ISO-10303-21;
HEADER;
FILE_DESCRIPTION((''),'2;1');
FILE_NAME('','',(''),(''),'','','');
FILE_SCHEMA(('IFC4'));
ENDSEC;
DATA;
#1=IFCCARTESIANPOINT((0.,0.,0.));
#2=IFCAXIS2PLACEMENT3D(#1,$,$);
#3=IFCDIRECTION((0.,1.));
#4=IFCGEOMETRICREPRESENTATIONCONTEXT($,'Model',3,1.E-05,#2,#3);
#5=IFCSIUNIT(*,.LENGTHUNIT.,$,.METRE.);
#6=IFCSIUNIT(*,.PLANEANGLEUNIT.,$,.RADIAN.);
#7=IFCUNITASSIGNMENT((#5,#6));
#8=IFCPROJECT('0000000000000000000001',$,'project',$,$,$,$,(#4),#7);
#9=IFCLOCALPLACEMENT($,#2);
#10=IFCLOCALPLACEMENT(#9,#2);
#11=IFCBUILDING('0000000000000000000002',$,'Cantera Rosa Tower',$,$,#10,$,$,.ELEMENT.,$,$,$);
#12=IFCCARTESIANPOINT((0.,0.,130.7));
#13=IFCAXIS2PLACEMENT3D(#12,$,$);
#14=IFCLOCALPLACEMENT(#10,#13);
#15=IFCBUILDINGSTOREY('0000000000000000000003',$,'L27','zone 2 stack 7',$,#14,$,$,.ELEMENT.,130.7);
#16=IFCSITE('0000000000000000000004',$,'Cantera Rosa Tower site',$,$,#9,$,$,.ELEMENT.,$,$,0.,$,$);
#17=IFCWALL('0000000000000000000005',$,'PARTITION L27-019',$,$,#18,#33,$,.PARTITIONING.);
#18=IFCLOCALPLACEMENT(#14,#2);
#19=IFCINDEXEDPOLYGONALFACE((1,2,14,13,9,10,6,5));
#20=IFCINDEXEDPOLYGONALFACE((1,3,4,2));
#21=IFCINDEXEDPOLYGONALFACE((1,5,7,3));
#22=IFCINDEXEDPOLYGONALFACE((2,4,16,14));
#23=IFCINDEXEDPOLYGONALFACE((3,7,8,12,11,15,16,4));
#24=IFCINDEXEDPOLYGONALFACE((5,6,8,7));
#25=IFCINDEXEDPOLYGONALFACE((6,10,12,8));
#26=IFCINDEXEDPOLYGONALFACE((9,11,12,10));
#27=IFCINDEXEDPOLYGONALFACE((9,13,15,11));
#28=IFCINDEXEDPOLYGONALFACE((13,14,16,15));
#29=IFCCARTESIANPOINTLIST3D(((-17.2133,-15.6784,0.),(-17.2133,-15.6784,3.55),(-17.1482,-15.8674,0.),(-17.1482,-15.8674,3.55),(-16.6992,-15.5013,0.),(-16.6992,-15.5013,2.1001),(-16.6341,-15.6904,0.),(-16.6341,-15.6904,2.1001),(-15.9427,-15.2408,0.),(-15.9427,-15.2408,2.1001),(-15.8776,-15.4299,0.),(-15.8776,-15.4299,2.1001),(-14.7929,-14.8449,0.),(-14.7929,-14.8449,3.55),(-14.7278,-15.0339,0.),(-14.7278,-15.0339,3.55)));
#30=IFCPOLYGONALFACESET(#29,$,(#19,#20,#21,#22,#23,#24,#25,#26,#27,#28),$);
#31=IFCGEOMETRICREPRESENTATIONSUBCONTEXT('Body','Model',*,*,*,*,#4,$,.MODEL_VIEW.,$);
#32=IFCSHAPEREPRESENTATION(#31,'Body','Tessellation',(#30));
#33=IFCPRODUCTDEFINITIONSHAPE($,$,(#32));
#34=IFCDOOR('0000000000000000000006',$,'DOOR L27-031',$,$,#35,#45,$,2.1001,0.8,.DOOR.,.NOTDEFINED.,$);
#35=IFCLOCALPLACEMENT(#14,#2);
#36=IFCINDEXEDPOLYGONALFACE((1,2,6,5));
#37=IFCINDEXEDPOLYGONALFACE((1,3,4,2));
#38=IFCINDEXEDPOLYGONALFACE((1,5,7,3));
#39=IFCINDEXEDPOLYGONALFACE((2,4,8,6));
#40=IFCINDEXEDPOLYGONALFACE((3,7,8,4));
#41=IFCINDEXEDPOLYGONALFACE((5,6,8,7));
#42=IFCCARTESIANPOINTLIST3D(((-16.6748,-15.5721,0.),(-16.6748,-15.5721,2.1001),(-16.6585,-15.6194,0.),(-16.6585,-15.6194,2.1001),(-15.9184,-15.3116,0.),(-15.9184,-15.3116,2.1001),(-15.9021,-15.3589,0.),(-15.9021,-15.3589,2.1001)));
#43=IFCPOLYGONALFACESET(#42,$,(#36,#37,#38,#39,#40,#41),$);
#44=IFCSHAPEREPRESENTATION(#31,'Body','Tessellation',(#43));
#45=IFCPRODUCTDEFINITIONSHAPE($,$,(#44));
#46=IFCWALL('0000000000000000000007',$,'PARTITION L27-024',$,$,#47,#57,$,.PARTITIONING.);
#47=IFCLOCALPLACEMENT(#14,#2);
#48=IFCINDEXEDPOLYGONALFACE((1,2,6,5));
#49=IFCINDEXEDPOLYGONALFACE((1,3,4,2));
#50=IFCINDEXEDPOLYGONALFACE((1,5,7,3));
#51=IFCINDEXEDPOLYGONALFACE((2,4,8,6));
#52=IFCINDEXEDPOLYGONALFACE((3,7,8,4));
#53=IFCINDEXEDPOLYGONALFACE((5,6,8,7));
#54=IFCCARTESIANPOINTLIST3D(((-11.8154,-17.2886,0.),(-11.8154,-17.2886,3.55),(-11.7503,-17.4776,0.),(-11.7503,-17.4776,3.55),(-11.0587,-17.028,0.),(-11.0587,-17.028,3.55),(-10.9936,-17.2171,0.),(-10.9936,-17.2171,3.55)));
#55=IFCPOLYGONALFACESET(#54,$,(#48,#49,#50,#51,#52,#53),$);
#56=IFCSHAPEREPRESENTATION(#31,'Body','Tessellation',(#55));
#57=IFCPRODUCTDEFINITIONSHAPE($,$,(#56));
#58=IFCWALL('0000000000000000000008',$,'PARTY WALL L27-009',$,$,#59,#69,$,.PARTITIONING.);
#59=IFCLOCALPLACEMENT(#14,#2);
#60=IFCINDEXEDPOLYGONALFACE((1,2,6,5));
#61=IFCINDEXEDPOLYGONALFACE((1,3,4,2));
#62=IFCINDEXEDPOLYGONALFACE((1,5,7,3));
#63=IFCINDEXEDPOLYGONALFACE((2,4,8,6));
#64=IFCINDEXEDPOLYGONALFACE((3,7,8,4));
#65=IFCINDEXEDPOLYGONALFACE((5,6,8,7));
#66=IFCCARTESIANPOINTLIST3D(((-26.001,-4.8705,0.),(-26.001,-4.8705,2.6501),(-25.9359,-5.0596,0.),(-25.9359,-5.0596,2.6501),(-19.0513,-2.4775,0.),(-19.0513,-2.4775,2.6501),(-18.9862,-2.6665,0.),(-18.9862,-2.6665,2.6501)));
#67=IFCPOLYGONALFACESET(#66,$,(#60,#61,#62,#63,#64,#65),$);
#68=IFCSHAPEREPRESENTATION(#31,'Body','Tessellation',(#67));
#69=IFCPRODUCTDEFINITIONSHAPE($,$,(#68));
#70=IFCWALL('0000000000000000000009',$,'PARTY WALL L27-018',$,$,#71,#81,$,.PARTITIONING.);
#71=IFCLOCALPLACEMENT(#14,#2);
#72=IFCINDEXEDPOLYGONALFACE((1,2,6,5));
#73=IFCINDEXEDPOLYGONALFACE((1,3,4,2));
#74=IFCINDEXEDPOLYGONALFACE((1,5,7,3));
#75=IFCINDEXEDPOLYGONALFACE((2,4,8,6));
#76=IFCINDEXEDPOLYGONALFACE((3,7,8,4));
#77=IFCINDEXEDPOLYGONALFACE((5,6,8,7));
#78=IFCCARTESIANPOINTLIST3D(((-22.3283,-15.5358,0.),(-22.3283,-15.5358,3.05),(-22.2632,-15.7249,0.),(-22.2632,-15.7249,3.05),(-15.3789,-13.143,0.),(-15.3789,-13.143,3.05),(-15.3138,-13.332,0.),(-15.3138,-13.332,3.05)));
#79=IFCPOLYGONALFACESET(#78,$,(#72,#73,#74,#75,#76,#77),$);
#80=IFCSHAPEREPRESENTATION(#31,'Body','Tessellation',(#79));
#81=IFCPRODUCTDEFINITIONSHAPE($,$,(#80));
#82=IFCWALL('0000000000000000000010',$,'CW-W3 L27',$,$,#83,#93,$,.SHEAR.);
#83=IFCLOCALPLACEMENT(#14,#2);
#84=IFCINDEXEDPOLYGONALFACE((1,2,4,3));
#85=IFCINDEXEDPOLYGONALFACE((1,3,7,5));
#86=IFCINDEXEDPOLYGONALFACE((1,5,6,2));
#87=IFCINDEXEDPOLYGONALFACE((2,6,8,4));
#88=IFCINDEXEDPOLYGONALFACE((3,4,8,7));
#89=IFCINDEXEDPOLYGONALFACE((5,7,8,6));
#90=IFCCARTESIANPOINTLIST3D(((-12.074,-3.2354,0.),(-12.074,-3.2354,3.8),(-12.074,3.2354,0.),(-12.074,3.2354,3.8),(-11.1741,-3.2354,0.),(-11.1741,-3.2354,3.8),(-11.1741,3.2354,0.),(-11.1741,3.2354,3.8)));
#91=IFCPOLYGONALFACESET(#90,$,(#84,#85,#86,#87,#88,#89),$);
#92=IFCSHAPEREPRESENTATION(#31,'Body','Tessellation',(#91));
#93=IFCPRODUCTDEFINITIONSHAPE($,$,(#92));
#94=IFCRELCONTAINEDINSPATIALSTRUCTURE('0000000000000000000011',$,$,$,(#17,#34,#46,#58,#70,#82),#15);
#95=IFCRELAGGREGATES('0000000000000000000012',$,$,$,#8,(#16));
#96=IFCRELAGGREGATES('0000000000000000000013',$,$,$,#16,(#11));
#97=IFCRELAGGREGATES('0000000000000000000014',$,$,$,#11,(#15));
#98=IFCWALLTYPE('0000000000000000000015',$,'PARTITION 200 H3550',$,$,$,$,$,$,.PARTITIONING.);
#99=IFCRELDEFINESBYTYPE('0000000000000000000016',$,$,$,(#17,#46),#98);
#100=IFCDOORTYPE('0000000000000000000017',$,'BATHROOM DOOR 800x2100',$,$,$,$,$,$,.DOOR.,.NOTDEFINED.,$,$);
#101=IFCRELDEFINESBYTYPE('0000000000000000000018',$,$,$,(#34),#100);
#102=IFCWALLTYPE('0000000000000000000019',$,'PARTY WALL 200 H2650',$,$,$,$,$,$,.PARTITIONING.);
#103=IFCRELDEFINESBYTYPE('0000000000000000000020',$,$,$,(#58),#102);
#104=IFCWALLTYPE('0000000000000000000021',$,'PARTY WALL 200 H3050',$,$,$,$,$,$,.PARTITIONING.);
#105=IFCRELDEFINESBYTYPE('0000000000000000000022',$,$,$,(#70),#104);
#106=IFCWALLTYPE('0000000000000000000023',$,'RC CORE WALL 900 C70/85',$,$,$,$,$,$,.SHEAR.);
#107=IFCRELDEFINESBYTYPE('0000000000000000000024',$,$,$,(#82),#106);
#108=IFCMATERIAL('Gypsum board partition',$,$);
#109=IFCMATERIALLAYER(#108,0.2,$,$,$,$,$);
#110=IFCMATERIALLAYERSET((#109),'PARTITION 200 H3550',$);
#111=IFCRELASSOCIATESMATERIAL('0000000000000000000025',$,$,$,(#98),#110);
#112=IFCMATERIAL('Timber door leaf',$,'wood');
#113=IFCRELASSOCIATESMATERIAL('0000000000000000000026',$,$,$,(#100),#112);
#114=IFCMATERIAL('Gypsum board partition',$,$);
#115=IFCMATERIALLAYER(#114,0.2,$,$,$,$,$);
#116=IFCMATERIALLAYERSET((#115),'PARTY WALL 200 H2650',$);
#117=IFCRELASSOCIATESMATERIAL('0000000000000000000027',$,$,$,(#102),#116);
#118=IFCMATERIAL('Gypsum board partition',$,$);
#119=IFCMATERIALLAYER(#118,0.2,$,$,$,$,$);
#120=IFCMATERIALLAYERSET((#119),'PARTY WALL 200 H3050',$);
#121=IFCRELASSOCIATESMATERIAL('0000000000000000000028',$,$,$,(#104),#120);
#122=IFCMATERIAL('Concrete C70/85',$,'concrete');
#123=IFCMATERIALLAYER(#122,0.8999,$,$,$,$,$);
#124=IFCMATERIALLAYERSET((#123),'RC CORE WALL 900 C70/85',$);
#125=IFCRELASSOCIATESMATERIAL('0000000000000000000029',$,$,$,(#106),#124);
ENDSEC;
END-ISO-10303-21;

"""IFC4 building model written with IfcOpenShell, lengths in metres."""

from ifc_helpers import new_model, si_unit, direction, frame, frame_2d, origin, place, context, subcontext, project, spatial, rectangle, extrude, material, layer, layer_set, type_object, element, fill, save


model = new_model("IFC4")

# Units and contexts
model_context = context("Model", 3, precision=1e-05, world=origin(), true_north=direction((0.0, 1.0)))
body_context = subcontext(model_context, "Body", "Model", "MODEL_VIEW")
ifc_project = project(units=[si_unit("LENGTHUNIT", "METRE"), si_unit("PLANEANGLEUNIT", "RADIAN")], contexts=[model_context])

# Site, building, storey
site_placement = place(None, origin())
site = spatial("IfcSite", under=ifc_project, at=site_placement, Name="Cantera Rosa Tower site", CompositionType="ELEMENT", RefElevation=0.0)
building_placement = place(site_placement, origin())
building = spatial("IfcBuilding", under=site, at=building_placement, Name="Cantera Rosa Tower", CompositionType="ELEMENT")
storey_placement = place(building_placement, frame((0.0, 0.0, 130.7)))
storey = spatial("IfcBuildingStorey", under=building, at=storey_placement, Name="L27", Description="zone 2 stack 7", CompositionType="ELEMENT", Elevation=130.7)

# Shared definitions
ifc_material_1 = material(Name="Gypsum board partition")
ifc_layer_1 = layer(ifc_material_1, 0.2)
ifc_layer_set_1 = layer_set([ifc_layer_1], Name="PARTITION 200 H3550")
wall_type_1 = type_object("IfcWallType", Name="PARTITION 200 H3550", PredefinedType="PARTITIONING", material=ifc_layer_set_1)
ifc_material_2 = material(Name="Timber door leaf", Category="wood")
door_type_1 = type_object("IfcDoorType", Name="BATHROOM DOOR 800x2100", OperationType="NOTDEFINED", PredefinedType="DOOR", material=ifc_material_2)

# Wall, opening, door
wall_1_placement = place(storey_placement, frame((-14.7605, -14.9395, 0.0), z_axis=(0.0, 0.0, 1.0), x_axis=(-0.945509, -0.325597, 0.0)))
wall_1 = element("IfcWall", 1, at=wall_1_placement, inside=storey, type_object=wall_type_1, Name="PARTITION L27-019", PredefinedType="PARTITIONING", context=body_context, shape_type="SweptSolid", body=[
    extrude(rectangle(XDim=2.5598, YDim=0.2, at=frame_2d((1.2798, 0.0))), origin(), (0.0, 0.0, 1.0), 3.55),
])
opening_1_placement = place(wall_1_placement, frame((1.2161, 0.0, 0.0)))
opening_1 = element("IfcOpeningElement", 2, at=opening_1_placement, cuts=wall_1, PredefinedType="OPENING", context=body_context, shape_type="SweptSolid", body=[
    extrude(rectangle(XDim=0.8, YDim=2.1001, at=frame_2d((0.3999, 1.05))), frame((0.0, 0.1099, 0.0), z_axis=(0.0, -1.0, 0.0), x_axis=(1.0, 0.0, 0.0)), (0.0, 0.0, 1.0), 0.22),
])
door_1_placement = place(opening_1_placement, origin())
door_1 = element("IfcDoor", 3, at=door_1_placement, inside=storey, type_object=door_type_1, Name="DOOR L27-031", OperationType="NOTDEFINED", OverallHeight=2.1001, OverallWidth=0.8, PredefinedType="DOOR", context=body_context, shape_type="SweptSolid", body=[
    extrude(rectangle(XDim=0.8, YDim=2.1001, at=frame_2d((0.3999, 1.05))), frame((0.0, 0.0249, 0.0), z_axis=(0.0, -1.0, 0.0), x_axis=(1.0, 0.0, 0.0)), (0.0, 0.0, 1.0), 0.05),
])
fill(opening_1, door_1)

# Walls
wall_2_placement = place(storey_placement, frame((-11.0261, -17.1226, 0.0), z_axis=(0.0, 0.0, 1.0), x_axis=(-0.945525, -0.325549, 0.0)))
element("IfcWall", 4, at=wall_2_placement, inside=storey, type_object=wall_type_1, Name="PARTITION L27-024", PredefinedType="PARTITIONING", context=body_context, shape_type="SweptSolid", body=[
    extrude(rectangle(XDim=0.8003, YDim=0.2, at=frame_2d((0.4001, 0.0))), origin(), (0.0, 0.0, 1.0), 3.55),
])
ifc_material_3 = material(Name="Gypsum board partition")
ifc_layer_2 = layer(ifc_material_3, 0.2)
ifc_layer_set_2 = layer_set([ifc_layer_2], Name="PARTY WALL 200 H2650")
wall_type_2 = type_object("IfcWallType", Name="PARTY WALL 200 H2650", PredefinedType="PARTITIONING", material=ifc_layer_set_2)
wall_3_placement = place(storey_placement, frame((-19.0188, -2.572, 0.0), z_axis=(0.0, 0.0, 1.0), x_axis=(-0.945515, -0.325579, 0.0)))
element("IfcWall", 5, at=wall_3_placement, inside=storey, type_object=wall_type_2, Name="PARTY WALL L27-009", PredefinedType="PARTITIONING", context=body_context, shape_type="SweptSolid", body=[
    extrude(rectangle(XDim=7.3501, YDim=0.2, at=frame_2d((3.675, 0.0))), origin(), (0.0, 0.0, 1.0), 2.6501),
])
ifc_material_4 = material(Name="Gypsum board partition")
ifc_layer_3 = layer(ifc_material_4, 0.2)
ifc_layer_set_3 = layer_set([ifc_layer_3], Name="PARTY WALL 200 H3050")
wall_type_3 = type_object("IfcWallType", Name="PARTY WALL 200 H3050", PredefinedType="PARTITIONING", material=ifc_layer_set_3)
wall_4_placement = place(storey_placement, frame((-15.3464, -13.2375, 0.0), z_axis=(0.0, 0.0, 1.0), x_axis=(-0.945521, -0.32556, 0.0)))
element("IfcWall", 6, at=wall_4_placement, inside=storey, type_object=wall_type_3, Name="PARTY WALL L27-018", PredefinedType="PARTITIONING", context=body_context, shape_type="SweptSolid", body=[
    extrude(rectangle(XDim=7.3499, YDim=0.2, at=frame_2d((3.6748, 0.0))), origin(), (0.0, 0.0, 1.0), 3.05),
])
ifc_material_5 = material(Name="Concrete C70/85", Category="concrete")
ifc_layer_4 = layer(ifc_material_5, 0.8999)
ifc_layer_set_4 = layer_set([ifc_layer_4], Name="RC CORE WALL 900 C70/85")
wall_type_4 = type_object("IfcWallType", Name="RC CORE WALL 900 C70/85", PredefinedType="SHEAR", material=ifc_layer_set_4)
wall_5_placement = place(storey_placement, frame((-11.624, -3.2354, 0.0), z_axis=(0.0, 0.0, 1.0), x_axis=(0.0, 1.0, 0.0)))
element("IfcWall", 7, at=wall_5_placement, inside=storey, type_object=wall_type_4, Name="CW-W3 L27", PredefinedType="SHEAR", context=body_context, shape_type="SweptSolid", body=[
    extrude(rectangle(XDim=6.4707, YDim=0.8999, at=frame_2d((3.2354, 0.0))), origin(), (0.0, 0.0, 1.0), 3.8),
])

save(model, "model.ifc")
